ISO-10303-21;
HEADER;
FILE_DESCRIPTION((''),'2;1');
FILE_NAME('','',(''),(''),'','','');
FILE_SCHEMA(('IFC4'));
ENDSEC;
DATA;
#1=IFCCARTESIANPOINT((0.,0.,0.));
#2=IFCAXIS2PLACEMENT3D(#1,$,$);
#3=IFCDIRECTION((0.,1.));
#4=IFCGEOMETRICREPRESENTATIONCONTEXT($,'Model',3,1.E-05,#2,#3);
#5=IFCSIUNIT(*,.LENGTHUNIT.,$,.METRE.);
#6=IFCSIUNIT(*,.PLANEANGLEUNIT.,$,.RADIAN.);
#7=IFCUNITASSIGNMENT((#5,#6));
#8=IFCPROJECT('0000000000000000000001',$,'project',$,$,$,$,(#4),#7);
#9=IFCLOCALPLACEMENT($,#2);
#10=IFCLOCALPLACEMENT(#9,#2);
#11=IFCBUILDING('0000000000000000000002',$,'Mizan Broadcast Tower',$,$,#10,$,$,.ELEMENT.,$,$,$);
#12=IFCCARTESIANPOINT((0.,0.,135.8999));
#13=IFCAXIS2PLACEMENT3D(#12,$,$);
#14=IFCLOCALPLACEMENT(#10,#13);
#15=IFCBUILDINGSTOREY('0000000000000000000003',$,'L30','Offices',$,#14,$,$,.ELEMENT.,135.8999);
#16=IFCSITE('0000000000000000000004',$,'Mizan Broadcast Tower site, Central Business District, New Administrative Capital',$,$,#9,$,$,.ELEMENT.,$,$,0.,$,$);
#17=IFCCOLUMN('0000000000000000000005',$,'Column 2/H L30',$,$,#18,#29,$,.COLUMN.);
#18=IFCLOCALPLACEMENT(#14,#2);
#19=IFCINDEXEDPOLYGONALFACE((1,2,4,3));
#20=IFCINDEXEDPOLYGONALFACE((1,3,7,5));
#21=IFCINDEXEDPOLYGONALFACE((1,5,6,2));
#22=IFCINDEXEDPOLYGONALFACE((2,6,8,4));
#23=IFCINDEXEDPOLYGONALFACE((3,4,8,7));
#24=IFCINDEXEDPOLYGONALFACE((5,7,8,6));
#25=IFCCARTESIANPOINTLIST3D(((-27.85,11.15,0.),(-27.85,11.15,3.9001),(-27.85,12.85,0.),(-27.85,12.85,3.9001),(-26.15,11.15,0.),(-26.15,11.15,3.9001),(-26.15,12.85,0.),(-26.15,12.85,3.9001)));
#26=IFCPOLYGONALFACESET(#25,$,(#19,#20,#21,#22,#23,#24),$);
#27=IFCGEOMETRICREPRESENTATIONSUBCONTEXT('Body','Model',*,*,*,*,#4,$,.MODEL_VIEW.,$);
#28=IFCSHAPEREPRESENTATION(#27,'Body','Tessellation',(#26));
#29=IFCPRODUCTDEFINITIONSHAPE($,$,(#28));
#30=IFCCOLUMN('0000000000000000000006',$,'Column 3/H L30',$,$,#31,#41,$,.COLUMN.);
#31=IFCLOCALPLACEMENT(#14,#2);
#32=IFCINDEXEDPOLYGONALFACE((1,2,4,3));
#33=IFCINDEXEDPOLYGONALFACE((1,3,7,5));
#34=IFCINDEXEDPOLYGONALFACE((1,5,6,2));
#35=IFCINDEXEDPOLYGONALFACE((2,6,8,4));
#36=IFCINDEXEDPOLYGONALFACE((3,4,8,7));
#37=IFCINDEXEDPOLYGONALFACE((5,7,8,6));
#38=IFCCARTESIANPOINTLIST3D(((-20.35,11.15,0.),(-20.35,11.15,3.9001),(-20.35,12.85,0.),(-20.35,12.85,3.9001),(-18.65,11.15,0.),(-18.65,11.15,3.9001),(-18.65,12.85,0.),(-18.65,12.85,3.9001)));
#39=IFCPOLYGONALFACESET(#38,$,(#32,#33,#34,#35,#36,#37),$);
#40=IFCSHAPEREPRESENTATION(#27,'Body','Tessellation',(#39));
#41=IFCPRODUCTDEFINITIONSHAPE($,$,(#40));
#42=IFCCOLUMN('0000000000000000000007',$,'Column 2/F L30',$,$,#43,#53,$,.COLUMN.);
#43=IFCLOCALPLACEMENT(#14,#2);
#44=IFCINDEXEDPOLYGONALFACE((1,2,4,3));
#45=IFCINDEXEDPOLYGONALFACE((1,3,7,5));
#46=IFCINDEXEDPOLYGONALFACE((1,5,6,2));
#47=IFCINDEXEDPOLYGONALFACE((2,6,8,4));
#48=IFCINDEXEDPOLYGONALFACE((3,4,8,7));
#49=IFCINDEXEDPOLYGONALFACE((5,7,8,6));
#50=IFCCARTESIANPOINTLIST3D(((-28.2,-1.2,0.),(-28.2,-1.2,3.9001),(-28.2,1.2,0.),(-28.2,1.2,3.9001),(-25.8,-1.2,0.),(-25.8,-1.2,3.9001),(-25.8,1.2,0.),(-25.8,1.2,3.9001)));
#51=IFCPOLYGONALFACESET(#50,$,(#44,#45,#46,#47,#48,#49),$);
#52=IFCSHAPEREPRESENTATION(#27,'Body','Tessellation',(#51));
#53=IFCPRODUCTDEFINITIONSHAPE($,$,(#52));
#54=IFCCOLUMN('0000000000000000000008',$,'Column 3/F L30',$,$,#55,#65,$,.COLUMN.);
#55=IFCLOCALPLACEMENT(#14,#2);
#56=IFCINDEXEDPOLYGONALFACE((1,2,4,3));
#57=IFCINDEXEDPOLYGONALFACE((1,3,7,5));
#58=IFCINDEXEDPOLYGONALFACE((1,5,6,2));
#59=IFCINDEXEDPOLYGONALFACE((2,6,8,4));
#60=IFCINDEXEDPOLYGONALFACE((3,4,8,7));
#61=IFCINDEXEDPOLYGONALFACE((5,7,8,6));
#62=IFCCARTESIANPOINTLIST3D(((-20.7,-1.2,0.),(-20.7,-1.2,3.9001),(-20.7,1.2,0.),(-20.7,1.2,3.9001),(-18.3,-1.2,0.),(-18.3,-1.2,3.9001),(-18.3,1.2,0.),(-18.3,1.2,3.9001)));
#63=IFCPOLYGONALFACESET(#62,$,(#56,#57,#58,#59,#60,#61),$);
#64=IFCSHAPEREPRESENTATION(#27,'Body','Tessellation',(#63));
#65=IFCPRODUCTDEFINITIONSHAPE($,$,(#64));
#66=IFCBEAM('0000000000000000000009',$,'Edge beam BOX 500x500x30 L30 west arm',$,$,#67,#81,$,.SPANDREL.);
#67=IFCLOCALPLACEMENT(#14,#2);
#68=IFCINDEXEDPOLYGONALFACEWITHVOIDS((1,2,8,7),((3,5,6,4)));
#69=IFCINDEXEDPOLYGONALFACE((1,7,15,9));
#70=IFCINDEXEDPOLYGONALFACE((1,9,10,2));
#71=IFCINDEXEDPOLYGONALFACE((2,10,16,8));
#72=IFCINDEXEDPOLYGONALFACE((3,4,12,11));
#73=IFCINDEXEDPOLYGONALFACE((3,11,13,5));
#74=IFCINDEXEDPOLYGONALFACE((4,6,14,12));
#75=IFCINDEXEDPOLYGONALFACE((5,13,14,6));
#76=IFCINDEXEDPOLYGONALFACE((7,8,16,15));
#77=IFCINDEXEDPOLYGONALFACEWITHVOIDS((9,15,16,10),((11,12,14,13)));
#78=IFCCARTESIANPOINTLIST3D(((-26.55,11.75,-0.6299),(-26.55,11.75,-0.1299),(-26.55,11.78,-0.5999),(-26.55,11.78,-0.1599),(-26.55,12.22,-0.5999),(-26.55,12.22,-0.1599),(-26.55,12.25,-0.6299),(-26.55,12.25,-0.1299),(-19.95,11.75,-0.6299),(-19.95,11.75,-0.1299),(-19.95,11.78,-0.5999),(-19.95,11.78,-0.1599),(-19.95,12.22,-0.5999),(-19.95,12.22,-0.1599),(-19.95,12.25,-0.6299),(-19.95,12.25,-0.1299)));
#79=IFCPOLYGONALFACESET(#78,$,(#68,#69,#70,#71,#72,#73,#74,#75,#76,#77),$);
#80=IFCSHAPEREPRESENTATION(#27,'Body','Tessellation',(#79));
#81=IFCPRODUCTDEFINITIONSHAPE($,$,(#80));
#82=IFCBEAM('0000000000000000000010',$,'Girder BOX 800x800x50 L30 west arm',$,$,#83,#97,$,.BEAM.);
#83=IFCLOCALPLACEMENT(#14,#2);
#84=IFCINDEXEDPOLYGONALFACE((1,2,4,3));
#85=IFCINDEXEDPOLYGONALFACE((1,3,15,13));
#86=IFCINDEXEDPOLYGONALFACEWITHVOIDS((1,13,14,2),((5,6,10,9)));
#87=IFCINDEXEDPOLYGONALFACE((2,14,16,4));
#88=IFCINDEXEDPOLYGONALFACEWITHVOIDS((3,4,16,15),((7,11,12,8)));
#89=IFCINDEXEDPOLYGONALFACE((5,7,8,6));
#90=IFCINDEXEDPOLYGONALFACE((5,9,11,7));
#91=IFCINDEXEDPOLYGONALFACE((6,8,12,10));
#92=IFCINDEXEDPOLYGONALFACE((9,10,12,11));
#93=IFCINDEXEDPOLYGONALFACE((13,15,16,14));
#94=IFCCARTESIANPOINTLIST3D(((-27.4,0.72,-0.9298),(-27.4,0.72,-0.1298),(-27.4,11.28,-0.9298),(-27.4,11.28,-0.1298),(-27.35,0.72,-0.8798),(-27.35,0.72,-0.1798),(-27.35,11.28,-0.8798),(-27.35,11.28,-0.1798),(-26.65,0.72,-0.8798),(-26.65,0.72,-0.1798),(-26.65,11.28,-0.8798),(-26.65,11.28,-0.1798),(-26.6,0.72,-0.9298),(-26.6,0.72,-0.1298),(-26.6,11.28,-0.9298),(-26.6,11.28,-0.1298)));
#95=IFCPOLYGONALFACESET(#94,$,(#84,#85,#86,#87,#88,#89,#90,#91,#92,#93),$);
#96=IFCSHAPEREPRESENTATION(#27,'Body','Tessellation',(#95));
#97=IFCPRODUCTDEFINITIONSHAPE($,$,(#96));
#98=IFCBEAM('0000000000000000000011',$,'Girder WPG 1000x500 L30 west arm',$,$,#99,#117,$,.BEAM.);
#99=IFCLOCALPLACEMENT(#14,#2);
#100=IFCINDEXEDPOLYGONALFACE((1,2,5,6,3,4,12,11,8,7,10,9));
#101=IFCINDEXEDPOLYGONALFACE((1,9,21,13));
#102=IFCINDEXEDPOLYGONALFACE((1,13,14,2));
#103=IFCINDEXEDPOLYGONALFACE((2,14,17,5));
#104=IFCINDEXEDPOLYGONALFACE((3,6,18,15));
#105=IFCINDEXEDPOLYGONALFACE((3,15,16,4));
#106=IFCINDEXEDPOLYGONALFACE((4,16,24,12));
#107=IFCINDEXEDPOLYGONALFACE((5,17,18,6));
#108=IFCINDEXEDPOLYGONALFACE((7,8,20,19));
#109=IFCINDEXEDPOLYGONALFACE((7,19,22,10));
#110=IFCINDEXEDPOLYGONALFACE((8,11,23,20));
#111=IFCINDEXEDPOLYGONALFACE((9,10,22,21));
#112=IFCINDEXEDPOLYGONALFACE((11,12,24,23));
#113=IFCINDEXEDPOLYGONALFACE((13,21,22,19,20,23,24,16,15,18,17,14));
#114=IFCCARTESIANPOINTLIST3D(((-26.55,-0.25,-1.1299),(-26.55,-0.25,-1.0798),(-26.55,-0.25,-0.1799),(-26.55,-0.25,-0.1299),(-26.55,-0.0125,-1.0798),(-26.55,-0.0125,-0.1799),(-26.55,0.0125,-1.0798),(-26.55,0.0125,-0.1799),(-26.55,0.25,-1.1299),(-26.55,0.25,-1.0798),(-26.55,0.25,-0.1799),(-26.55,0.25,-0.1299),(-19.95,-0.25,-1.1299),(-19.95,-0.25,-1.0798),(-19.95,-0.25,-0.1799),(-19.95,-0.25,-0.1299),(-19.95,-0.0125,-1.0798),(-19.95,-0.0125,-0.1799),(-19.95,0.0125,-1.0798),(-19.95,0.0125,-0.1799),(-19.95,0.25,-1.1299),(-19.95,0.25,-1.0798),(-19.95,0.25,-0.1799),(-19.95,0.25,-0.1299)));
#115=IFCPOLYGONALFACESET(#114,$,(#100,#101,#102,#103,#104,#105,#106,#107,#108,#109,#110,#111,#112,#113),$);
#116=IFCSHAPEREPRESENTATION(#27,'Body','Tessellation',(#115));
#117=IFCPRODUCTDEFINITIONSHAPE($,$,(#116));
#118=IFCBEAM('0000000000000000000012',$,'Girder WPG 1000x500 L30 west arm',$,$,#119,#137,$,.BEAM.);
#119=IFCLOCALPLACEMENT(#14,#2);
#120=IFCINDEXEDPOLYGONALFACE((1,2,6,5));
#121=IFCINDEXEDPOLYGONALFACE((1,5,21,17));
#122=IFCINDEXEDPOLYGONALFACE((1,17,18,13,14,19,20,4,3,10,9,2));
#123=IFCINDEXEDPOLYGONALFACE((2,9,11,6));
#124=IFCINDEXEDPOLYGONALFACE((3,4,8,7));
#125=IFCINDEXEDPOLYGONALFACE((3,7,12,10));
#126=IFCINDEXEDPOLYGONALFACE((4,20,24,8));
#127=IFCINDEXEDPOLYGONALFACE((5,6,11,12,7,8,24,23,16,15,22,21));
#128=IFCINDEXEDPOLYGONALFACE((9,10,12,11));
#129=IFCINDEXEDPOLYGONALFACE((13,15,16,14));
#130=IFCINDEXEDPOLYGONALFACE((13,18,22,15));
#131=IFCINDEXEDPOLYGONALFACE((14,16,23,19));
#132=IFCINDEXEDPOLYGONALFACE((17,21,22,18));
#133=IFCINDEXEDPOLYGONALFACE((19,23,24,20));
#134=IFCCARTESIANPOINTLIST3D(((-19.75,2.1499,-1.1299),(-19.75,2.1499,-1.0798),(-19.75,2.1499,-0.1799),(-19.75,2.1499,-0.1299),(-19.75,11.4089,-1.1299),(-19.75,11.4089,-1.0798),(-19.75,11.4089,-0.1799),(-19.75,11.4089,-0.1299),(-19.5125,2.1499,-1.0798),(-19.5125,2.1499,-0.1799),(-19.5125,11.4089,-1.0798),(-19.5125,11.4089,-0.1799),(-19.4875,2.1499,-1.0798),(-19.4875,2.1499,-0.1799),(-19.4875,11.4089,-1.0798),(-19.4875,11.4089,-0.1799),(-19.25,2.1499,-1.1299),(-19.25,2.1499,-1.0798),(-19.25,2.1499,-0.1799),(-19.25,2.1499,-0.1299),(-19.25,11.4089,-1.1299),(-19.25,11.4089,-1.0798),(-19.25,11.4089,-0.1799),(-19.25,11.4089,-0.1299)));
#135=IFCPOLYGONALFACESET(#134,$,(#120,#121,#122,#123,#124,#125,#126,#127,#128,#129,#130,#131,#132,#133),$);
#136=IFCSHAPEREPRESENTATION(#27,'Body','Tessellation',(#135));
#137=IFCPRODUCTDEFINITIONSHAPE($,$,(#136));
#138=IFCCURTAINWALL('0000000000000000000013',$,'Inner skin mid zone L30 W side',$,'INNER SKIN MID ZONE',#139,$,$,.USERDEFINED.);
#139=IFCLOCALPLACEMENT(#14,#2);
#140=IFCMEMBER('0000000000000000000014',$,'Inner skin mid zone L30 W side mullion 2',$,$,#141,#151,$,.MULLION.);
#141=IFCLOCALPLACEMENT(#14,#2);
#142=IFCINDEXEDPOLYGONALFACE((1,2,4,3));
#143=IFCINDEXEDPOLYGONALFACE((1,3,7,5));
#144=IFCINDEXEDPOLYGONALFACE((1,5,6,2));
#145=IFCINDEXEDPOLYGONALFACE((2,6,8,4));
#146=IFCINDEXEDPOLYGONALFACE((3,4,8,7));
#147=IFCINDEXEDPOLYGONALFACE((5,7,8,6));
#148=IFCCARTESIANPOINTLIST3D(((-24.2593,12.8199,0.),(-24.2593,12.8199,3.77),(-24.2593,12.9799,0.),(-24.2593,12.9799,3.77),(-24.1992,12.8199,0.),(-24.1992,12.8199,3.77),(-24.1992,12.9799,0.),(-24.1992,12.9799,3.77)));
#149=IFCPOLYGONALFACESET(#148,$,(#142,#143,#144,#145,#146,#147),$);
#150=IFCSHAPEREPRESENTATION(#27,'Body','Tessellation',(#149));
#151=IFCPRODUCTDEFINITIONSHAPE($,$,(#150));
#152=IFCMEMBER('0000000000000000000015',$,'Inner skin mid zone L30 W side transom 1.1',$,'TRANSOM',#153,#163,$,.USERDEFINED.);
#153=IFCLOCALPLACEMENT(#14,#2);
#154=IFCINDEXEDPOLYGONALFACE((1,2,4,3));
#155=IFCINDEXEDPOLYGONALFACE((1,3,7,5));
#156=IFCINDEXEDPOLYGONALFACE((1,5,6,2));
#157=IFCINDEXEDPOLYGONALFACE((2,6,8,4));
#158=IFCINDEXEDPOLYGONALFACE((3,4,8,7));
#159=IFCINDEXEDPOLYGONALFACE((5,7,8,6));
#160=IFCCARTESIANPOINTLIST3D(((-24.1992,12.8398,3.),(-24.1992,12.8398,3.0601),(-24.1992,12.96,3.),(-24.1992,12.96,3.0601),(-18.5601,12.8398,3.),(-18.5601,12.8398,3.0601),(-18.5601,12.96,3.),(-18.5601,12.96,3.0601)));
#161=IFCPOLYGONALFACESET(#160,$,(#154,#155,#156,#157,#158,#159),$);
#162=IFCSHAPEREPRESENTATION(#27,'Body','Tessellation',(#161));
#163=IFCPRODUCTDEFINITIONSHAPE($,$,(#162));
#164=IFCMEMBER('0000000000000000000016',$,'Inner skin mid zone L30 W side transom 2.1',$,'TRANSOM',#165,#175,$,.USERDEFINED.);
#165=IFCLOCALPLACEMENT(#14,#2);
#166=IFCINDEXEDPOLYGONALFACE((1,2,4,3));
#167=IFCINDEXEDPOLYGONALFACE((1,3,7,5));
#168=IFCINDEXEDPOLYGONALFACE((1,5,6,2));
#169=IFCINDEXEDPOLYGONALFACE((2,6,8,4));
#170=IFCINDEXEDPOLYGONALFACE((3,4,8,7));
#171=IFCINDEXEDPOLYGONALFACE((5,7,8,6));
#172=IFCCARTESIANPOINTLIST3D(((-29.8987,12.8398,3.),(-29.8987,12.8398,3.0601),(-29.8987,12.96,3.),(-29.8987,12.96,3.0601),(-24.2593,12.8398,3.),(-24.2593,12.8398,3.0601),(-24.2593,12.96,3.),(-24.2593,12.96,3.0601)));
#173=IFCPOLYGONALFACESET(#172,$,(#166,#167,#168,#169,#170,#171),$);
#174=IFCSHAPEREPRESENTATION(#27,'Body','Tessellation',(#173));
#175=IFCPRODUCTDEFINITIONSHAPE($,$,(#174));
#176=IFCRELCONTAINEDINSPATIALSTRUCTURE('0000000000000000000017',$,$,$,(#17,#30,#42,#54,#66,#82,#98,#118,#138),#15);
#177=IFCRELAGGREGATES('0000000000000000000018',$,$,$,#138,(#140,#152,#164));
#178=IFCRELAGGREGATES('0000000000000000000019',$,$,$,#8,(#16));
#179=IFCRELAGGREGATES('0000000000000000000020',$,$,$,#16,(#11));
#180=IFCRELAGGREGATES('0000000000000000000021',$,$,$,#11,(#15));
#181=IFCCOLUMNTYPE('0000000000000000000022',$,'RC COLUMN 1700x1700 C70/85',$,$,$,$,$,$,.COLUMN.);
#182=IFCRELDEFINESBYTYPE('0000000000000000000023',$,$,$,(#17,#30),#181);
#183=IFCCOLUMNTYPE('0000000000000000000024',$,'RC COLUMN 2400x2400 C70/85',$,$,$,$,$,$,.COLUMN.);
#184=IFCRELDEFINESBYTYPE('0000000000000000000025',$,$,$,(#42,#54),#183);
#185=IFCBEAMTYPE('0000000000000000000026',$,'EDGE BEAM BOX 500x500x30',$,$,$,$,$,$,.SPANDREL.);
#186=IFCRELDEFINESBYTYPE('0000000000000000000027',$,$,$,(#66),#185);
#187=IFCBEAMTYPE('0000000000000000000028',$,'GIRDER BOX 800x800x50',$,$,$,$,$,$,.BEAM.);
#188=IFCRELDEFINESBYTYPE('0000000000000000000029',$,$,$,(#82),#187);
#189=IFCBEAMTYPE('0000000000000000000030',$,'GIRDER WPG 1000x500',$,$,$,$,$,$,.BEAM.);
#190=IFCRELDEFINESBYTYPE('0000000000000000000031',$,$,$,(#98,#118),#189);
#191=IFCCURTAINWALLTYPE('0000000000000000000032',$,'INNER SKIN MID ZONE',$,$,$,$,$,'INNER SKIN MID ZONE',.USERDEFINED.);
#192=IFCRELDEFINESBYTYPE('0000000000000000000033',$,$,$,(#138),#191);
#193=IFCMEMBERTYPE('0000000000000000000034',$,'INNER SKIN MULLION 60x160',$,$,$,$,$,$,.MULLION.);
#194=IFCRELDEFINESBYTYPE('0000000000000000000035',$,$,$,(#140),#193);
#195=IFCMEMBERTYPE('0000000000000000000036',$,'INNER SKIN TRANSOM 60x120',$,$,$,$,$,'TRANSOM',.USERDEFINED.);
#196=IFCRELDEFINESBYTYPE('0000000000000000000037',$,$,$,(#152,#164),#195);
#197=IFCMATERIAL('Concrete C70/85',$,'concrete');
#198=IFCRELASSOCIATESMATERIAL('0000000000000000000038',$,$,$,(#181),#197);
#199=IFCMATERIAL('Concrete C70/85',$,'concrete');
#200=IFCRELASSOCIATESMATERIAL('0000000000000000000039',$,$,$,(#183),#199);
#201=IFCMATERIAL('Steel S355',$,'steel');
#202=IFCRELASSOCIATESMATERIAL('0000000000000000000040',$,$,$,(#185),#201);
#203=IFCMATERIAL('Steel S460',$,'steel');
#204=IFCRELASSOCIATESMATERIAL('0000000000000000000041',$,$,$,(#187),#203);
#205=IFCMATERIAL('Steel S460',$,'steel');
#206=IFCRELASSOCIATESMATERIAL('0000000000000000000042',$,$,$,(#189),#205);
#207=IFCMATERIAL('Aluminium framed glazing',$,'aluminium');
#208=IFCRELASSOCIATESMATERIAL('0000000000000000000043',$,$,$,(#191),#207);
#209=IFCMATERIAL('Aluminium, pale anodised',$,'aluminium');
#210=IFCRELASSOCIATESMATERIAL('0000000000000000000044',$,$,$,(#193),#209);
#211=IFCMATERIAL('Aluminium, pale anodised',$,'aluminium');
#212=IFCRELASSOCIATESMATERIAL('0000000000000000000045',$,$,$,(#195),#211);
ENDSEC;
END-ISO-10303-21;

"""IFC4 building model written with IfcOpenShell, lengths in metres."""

from ifc_helpers import new_model, si_unit, direction, frame, origin, origin_2d, place, context, subcontext, project, spatial, rectangle, hollow_rectangle, i_section, extrude, material, material_profile, profile_set, type_object, element, aggregate, save


model = new_model("IFC4")

# Units and contexts
model_context = context("Model", 3, precision=1e-05, world=origin(), true_north=direction((0.0, 1.0)))
body_context = subcontext(model_context, "Body", "Model", "MODEL_VIEW")
ifc_project = project(units=[si_unit("LENGTHUNIT", "METRE"), si_unit("PLANEANGLEUNIT", "RADIAN")], contexts=[model_context])

# Site, building, storey
site_placement = place(None, origin())
site = spatial("IfcSite", under=ifc_project, at=site_placement, Name="Mizan Broadcast Tower site, Central Business District, New Administrative Capital", CompositionType="ELEMENT", RefElevation=0.0)
building_placement = place(site_placement, origin())
building = spatial("IfcBuilding", under=site, at=building_placement, Name="Mizan Broadcast Tower", CompositionType="ELEMENT")
storey_placement = place(building_placement, frame((0.0, 0.0, 135.8999)))
storey = spatial("IfcBuildingStorey", under=building, at=storey_placement, Name="L30", Description="Offices", CompositionType="ELEMENT", Elevation=135.8999)

# Columns
ifc_material_1 = material(Name="Concrete C70/85", Category="concrete")
ifc_material_profile_1 = material_profile(ifc_material_1, rectangle(XDim=1.7, YDim=1.7, at=origin_2d()), Name="RC 1700x1700")
ifc_profile_set_1 = profile_set([ifc_material_profile_1], Name="Concrete C70/85")
column_type_1 = type_object("IfcColumnType", Name="RC COLUMN 1700x1700 C70/85", PredefinedType="COLUMN", material=ifc_profile_set_1)
for number, where, z_axis, x_axis, name in (
    (1, (-27.0, 12.0, 0.0), (0.0, 0.0, 1.0), (1.0, 0.0, 0.0), "Column 2/H L30"),
    (2, (-19.5, 12.0, 0.0), (0.0, 0.0, 1.0), (1.0, 0.0, 0.0), "Column 3/H L30"),
):
    element("IfcColumn", number, at=place(storey_placement, frame(where, z_axis=z_axis, x_axis=x_axis)), inside=storey, type_object=column_type_1, Name=name, PredefinedType="COLUMN", context=body_context, shape_type="SweptSolid", body=[
        extrude(rectangle(XDim=1.7, YDim=1.7, at=origin_2d()), origin(), (0.0, 0.0, 1.0), 3.9001),
    ])
ifc_material_2 = material(Name="Concrete C70/85", Category="concrete")
ifc_material_profile_2 = material_profile(ifc_material_2, rectangle(XDim=2.3999, YDim=2.3999, at=origin_2d()), Name="RC 2400x2400")
ifc_profile_set_2 = profile_set([ifc_material_profile_2], Name="Concrete C70/85")
column_type_2 = type_object("IfcColumnType", Name="RC COLUMN 2400x2400 C70/85", PredefinedType="COLUMN", material=ifc_profile_set_2)
for number, where, z_axis, x_axis, name in (
    (3, (-27.0, 0.0, 0.0), (0.0, 0.0, 1.0), (1.0, 0.0, 0.0), "Column 2/F L30"),
    (4, (-19.5, 0.0, 0.0), (0.0, 0.0, 1.0), (1.0, 0.0, 0.0), "Column 3/F L30"),
):
    element("IfcColumn", number, at=place(storey_placement, frame(where, z_axis=z_axis, x_axis=x_axis)), inside=storey, type_object=column_type_2, Name=name, PredefinedType="COLUMN", context=body_context, shape_type="SweptSolid", body=[
        extrude(rectangle(XDim=2.3999, YDim=2.3999, at=origin_2d()), origin(), (0.0, 0.0, 1.0), 3.9001),
    ])

# Beams
ifc_material_3 = material(Name="Steel S355", Category="steel")
ifc_material_profile_3 = material_profile(ifc_material_3, hollow_rectangle(XDim=0.5, YDim=0.5, WallThickness=0.03, at=origin_2d()), Name="BOX 500x500x30")
ifc_profile_set_3 = profile_set([ifc_material_profile_3], Name="Steel S355")
beam_type_1 = type_object("IfcBeamType", Name="EDGE BEAM BOX 500x500x30", PredefinedType="SPANDREL", material=ifc_profile_set_3)
beam_1_placement = place(storey_placement, frame((-19.95, 12.0, -0.3799), z_axis=(-1.0, 0.0, 0.0), x_axis=(0.0, -1.0, 0.0)))
element("IfcBeam", 5, at=beam_1_placement, inside=storey, type_object=beam_type_1, Name="Edge beam BOX 500x500x30 L30 west arm", PredefinedType="SPANDREL", context=body_context, shape_type="SweptSolid", body=[
    extrude(hollow_rectangle(XDim=0.5, YDim=0.5, WallThickness=0.03, at=origin_2d()), origin(), (0.0, 0.0, 1.0), 6.6001),
])
ifc_material_4 = material(Name="Steel S460", Category="steel")
ifc_material_profile_4 = material_profile(ifc_material_4, hollow_rectangle(XDim=0.8, YDim=0.8, WallThickness=0.05, at=origin_2d()), Name="BOX 800x800x50")
ifc_profile_set_4 = profile_set([ifc_material_profile_4], Name="Steel S460")
beam_type_2 = type_object("IfcBeamType", Name="GIRDER BOX 800x800x50", PredefinedType="BEAM", material=ifc_profile_set_4)
beam_2_placement = place(storey_placement, frame((-27.0, 11.28, -0.5298), z_axis=(0.0, -1.0, 0.0), x_axis=(1.0, 0.0, 0.0)))
element("IfcBeam", 6, at=beam_2_placement, inside=storey, type_object=beam_type_2, Name="Girder BOX 800x800x50 L30 west arm", PredefinedType="BEAM", context=body_context, shape_type="SweptSolid", body=[
    extrude(hollow_rectangle(XDim=0.8, YDim=0.8, WallThickness=0.05, at=origin_2d()), origin(), (0.0, 0.0, 1.0), 10.5601),
])
ifc_material_5 = material(Name="Steel S460", Category="steel")
ifc_material_profile_5 = material_profile(ifc_material_5, i_section(OverallWidth=0.5, OverallDepth=1.0, WebThickness=0.0249, FlangeThickness=0.05, at=origin_2d()), Name="WPG 1000x500")
ifc_profile_set_5 = profile_set([ifc_material_profile_5], Name="Steel S460")
beam_type_3 = type_object("IfcBeamType", Name="GIRDER WPG 1000x500", PredefinedType="BEAM", material=ifc_profile_set_5)
beam_3_placement = place(storey_placement, frame((-19.95, 0.0, -0.6299), z_axis=(-1.0, 0.0, 0.0), x_axis=(0.0, -1.0, 0.0)))
element("IfcBeam", 7, at=beam_3_placement, inside=storey, type_object=beam_type_3, Name="Girder WPG 1000x500 L30 west arm", PredefinedType="BEAM", context=body_context, shape_type="SweptSolid", body=[
    extrude(i_section(OverallWidth=0.5, OverallDepth=1.0, WebThickness=0.0249, FlangeThickness=0.05, at=origin_2d()), origin(), (0.0, 0.0, 1.0), 6.6001),
])
beam_4_placement = place(storey_placement, frame((-19.5, 11.4089, -0.6299), z_axis=(0.0, -1.0, 0.0), x_axis=(1.0, 0.0, 0.0)))
element("IfcBeam", 8, at=beam_4_placement, inside=storey, type_object=beam_type_3, Name="Girder WPG 1000x500 L30 west arm", PredefinedType="BEAM", context=body_context, shape_type="SweptSolid", body=[
    extrude(i_section(OverallWidth=0.5, OverallDepth=1.0, WebThickness=0.0249, FlangeThickness=0.05, at=origin_2d()), origin(), (0.0, 0.0, 1.0), 9.259),
])

# Curtain wall, members
ifc_material_6 = material(Name="Aluminium framed glazing", Category="aluminium")
curtain_wall_type_1 = type_object("IfcCurtainWallType", Name="INNER SKIN MID ZONE", ElementType="INNER SKIN MID ZONE", PredefinedType="USERDEFINED", material=ifc_material_6)
curtain_wall_1_placement = place(storey_placement, origin())
curtain_wall_1 = element("IfcCurtainWall", 9, at=curtain_wall_1_placement, inside=storey, type_object=curtain_wall_type_1, Name="Inner skin mid zone L30 W side", ObjectType="INNER SKIN MID ZONE", PredefinedType="USERDEFINED")
ifc_material_7 = material(Name="Aluminium, pale anodised", Category="aluminium")
ifc_material_profile_6 = material_profile(ifc_material_7, rectangle(XDim=0.1599, YDim=0.0601, at=origin_2d()), Name="MULLION 160x60")
ifc_profile_set_6 = profile_set([ifc_material_profile_6], Name="Aluminium, pale anodised")
member_type_1 = type_object("IfcMemberType", Name="INNER SKIN MULLION 60x160", PredefinedType="MULLION", material=ifc_profile_set_6)
member_1_placement = place(storey_placement, frame((-24.2292, 12.8999, 0.0), z_axis=(0.0, 0.0, 1.0), x_axis=(0.0, -1.0, 0.0)))
member_1 = element("IfcMember", 10, at=member_1_placement, type_object=member_type_1, Name="Inner skin mid zone L30 W side mullion 2", PredefinedType="MULLION", context=body_context, shape_type="SweptSolid", body=[
    extrude(rectangle(XDim=0.1599, YDim=0.0601, at=origin_2d()), origin(), (0.0, 0.0, 1.0), 3.77),
])
ifc_material_8 = material(Name="Aluminium, pale anodised", Category="aluminium")
ifc_material_profile_7 = material_profile(ifc_material_8, rectangle(XDim=0.1201, YDim=0.0601, at=origin_2d()), Name="TRANSOM 120x60")
ifc_profile_set_7 = profile_set([ifc_material_profile_7], Name="Aluminium, pale anodised")
member_type_2 = type_object("IfcMemberType", Name="INNER SKIN TRANSOM 60x120", ElementType="TRANSOM", PredefinedType="USERDEFINED", material=ifc_profile_set_7)
member_2_placement = place(storey_placement, frame((-18.5601, 12.8999, 3.03), z_axis=(-1.0, 0.0, 0.0), x_axis=(0.0, -1.0, 0.0)))
member_2 = element("IfcMember", 11, at=member_2_placement, type_object=member_type_2, Name="Inner skin mid zone L30 W side transom 1.1", ObjectType="TRANSOM", PredefinedType="USERDEFINED", context=body_context, shape_type="SweptSolid", body=[
    extrude(rectangle(XDim=0.1201, YDim=0.0601, at=origin_2d()), origin(), (0.0, 0.0, 1.0), 5.6392),
])
member_3_placement = place(storey_placement, frame((-24.2593, 12.8999, 3.03), z_axis=(-1.0, 0.0, 0.0), x_axis=(0.0, -1.0, 0.0)))
member_3 = element("IfcMember", 12, at=member_3_placement, type_object=member_type_2, Name="Inner skin mid zone L30 W side transom 2.1", ObjectType="TRANSOM", PredefinedType="USERDEFINED", context=body_context, shape_type="SweptSolid", body=[
    extrude(rectangle(XDim=0.1201, YDim=0.0601, at=origin_2d()), origin(), (0.0, 0.0, 1.0), 5.6394),
])

aggregate(curtain_wall_1, [member_1, member_2, member_3])

save(model, "model.ifc")
